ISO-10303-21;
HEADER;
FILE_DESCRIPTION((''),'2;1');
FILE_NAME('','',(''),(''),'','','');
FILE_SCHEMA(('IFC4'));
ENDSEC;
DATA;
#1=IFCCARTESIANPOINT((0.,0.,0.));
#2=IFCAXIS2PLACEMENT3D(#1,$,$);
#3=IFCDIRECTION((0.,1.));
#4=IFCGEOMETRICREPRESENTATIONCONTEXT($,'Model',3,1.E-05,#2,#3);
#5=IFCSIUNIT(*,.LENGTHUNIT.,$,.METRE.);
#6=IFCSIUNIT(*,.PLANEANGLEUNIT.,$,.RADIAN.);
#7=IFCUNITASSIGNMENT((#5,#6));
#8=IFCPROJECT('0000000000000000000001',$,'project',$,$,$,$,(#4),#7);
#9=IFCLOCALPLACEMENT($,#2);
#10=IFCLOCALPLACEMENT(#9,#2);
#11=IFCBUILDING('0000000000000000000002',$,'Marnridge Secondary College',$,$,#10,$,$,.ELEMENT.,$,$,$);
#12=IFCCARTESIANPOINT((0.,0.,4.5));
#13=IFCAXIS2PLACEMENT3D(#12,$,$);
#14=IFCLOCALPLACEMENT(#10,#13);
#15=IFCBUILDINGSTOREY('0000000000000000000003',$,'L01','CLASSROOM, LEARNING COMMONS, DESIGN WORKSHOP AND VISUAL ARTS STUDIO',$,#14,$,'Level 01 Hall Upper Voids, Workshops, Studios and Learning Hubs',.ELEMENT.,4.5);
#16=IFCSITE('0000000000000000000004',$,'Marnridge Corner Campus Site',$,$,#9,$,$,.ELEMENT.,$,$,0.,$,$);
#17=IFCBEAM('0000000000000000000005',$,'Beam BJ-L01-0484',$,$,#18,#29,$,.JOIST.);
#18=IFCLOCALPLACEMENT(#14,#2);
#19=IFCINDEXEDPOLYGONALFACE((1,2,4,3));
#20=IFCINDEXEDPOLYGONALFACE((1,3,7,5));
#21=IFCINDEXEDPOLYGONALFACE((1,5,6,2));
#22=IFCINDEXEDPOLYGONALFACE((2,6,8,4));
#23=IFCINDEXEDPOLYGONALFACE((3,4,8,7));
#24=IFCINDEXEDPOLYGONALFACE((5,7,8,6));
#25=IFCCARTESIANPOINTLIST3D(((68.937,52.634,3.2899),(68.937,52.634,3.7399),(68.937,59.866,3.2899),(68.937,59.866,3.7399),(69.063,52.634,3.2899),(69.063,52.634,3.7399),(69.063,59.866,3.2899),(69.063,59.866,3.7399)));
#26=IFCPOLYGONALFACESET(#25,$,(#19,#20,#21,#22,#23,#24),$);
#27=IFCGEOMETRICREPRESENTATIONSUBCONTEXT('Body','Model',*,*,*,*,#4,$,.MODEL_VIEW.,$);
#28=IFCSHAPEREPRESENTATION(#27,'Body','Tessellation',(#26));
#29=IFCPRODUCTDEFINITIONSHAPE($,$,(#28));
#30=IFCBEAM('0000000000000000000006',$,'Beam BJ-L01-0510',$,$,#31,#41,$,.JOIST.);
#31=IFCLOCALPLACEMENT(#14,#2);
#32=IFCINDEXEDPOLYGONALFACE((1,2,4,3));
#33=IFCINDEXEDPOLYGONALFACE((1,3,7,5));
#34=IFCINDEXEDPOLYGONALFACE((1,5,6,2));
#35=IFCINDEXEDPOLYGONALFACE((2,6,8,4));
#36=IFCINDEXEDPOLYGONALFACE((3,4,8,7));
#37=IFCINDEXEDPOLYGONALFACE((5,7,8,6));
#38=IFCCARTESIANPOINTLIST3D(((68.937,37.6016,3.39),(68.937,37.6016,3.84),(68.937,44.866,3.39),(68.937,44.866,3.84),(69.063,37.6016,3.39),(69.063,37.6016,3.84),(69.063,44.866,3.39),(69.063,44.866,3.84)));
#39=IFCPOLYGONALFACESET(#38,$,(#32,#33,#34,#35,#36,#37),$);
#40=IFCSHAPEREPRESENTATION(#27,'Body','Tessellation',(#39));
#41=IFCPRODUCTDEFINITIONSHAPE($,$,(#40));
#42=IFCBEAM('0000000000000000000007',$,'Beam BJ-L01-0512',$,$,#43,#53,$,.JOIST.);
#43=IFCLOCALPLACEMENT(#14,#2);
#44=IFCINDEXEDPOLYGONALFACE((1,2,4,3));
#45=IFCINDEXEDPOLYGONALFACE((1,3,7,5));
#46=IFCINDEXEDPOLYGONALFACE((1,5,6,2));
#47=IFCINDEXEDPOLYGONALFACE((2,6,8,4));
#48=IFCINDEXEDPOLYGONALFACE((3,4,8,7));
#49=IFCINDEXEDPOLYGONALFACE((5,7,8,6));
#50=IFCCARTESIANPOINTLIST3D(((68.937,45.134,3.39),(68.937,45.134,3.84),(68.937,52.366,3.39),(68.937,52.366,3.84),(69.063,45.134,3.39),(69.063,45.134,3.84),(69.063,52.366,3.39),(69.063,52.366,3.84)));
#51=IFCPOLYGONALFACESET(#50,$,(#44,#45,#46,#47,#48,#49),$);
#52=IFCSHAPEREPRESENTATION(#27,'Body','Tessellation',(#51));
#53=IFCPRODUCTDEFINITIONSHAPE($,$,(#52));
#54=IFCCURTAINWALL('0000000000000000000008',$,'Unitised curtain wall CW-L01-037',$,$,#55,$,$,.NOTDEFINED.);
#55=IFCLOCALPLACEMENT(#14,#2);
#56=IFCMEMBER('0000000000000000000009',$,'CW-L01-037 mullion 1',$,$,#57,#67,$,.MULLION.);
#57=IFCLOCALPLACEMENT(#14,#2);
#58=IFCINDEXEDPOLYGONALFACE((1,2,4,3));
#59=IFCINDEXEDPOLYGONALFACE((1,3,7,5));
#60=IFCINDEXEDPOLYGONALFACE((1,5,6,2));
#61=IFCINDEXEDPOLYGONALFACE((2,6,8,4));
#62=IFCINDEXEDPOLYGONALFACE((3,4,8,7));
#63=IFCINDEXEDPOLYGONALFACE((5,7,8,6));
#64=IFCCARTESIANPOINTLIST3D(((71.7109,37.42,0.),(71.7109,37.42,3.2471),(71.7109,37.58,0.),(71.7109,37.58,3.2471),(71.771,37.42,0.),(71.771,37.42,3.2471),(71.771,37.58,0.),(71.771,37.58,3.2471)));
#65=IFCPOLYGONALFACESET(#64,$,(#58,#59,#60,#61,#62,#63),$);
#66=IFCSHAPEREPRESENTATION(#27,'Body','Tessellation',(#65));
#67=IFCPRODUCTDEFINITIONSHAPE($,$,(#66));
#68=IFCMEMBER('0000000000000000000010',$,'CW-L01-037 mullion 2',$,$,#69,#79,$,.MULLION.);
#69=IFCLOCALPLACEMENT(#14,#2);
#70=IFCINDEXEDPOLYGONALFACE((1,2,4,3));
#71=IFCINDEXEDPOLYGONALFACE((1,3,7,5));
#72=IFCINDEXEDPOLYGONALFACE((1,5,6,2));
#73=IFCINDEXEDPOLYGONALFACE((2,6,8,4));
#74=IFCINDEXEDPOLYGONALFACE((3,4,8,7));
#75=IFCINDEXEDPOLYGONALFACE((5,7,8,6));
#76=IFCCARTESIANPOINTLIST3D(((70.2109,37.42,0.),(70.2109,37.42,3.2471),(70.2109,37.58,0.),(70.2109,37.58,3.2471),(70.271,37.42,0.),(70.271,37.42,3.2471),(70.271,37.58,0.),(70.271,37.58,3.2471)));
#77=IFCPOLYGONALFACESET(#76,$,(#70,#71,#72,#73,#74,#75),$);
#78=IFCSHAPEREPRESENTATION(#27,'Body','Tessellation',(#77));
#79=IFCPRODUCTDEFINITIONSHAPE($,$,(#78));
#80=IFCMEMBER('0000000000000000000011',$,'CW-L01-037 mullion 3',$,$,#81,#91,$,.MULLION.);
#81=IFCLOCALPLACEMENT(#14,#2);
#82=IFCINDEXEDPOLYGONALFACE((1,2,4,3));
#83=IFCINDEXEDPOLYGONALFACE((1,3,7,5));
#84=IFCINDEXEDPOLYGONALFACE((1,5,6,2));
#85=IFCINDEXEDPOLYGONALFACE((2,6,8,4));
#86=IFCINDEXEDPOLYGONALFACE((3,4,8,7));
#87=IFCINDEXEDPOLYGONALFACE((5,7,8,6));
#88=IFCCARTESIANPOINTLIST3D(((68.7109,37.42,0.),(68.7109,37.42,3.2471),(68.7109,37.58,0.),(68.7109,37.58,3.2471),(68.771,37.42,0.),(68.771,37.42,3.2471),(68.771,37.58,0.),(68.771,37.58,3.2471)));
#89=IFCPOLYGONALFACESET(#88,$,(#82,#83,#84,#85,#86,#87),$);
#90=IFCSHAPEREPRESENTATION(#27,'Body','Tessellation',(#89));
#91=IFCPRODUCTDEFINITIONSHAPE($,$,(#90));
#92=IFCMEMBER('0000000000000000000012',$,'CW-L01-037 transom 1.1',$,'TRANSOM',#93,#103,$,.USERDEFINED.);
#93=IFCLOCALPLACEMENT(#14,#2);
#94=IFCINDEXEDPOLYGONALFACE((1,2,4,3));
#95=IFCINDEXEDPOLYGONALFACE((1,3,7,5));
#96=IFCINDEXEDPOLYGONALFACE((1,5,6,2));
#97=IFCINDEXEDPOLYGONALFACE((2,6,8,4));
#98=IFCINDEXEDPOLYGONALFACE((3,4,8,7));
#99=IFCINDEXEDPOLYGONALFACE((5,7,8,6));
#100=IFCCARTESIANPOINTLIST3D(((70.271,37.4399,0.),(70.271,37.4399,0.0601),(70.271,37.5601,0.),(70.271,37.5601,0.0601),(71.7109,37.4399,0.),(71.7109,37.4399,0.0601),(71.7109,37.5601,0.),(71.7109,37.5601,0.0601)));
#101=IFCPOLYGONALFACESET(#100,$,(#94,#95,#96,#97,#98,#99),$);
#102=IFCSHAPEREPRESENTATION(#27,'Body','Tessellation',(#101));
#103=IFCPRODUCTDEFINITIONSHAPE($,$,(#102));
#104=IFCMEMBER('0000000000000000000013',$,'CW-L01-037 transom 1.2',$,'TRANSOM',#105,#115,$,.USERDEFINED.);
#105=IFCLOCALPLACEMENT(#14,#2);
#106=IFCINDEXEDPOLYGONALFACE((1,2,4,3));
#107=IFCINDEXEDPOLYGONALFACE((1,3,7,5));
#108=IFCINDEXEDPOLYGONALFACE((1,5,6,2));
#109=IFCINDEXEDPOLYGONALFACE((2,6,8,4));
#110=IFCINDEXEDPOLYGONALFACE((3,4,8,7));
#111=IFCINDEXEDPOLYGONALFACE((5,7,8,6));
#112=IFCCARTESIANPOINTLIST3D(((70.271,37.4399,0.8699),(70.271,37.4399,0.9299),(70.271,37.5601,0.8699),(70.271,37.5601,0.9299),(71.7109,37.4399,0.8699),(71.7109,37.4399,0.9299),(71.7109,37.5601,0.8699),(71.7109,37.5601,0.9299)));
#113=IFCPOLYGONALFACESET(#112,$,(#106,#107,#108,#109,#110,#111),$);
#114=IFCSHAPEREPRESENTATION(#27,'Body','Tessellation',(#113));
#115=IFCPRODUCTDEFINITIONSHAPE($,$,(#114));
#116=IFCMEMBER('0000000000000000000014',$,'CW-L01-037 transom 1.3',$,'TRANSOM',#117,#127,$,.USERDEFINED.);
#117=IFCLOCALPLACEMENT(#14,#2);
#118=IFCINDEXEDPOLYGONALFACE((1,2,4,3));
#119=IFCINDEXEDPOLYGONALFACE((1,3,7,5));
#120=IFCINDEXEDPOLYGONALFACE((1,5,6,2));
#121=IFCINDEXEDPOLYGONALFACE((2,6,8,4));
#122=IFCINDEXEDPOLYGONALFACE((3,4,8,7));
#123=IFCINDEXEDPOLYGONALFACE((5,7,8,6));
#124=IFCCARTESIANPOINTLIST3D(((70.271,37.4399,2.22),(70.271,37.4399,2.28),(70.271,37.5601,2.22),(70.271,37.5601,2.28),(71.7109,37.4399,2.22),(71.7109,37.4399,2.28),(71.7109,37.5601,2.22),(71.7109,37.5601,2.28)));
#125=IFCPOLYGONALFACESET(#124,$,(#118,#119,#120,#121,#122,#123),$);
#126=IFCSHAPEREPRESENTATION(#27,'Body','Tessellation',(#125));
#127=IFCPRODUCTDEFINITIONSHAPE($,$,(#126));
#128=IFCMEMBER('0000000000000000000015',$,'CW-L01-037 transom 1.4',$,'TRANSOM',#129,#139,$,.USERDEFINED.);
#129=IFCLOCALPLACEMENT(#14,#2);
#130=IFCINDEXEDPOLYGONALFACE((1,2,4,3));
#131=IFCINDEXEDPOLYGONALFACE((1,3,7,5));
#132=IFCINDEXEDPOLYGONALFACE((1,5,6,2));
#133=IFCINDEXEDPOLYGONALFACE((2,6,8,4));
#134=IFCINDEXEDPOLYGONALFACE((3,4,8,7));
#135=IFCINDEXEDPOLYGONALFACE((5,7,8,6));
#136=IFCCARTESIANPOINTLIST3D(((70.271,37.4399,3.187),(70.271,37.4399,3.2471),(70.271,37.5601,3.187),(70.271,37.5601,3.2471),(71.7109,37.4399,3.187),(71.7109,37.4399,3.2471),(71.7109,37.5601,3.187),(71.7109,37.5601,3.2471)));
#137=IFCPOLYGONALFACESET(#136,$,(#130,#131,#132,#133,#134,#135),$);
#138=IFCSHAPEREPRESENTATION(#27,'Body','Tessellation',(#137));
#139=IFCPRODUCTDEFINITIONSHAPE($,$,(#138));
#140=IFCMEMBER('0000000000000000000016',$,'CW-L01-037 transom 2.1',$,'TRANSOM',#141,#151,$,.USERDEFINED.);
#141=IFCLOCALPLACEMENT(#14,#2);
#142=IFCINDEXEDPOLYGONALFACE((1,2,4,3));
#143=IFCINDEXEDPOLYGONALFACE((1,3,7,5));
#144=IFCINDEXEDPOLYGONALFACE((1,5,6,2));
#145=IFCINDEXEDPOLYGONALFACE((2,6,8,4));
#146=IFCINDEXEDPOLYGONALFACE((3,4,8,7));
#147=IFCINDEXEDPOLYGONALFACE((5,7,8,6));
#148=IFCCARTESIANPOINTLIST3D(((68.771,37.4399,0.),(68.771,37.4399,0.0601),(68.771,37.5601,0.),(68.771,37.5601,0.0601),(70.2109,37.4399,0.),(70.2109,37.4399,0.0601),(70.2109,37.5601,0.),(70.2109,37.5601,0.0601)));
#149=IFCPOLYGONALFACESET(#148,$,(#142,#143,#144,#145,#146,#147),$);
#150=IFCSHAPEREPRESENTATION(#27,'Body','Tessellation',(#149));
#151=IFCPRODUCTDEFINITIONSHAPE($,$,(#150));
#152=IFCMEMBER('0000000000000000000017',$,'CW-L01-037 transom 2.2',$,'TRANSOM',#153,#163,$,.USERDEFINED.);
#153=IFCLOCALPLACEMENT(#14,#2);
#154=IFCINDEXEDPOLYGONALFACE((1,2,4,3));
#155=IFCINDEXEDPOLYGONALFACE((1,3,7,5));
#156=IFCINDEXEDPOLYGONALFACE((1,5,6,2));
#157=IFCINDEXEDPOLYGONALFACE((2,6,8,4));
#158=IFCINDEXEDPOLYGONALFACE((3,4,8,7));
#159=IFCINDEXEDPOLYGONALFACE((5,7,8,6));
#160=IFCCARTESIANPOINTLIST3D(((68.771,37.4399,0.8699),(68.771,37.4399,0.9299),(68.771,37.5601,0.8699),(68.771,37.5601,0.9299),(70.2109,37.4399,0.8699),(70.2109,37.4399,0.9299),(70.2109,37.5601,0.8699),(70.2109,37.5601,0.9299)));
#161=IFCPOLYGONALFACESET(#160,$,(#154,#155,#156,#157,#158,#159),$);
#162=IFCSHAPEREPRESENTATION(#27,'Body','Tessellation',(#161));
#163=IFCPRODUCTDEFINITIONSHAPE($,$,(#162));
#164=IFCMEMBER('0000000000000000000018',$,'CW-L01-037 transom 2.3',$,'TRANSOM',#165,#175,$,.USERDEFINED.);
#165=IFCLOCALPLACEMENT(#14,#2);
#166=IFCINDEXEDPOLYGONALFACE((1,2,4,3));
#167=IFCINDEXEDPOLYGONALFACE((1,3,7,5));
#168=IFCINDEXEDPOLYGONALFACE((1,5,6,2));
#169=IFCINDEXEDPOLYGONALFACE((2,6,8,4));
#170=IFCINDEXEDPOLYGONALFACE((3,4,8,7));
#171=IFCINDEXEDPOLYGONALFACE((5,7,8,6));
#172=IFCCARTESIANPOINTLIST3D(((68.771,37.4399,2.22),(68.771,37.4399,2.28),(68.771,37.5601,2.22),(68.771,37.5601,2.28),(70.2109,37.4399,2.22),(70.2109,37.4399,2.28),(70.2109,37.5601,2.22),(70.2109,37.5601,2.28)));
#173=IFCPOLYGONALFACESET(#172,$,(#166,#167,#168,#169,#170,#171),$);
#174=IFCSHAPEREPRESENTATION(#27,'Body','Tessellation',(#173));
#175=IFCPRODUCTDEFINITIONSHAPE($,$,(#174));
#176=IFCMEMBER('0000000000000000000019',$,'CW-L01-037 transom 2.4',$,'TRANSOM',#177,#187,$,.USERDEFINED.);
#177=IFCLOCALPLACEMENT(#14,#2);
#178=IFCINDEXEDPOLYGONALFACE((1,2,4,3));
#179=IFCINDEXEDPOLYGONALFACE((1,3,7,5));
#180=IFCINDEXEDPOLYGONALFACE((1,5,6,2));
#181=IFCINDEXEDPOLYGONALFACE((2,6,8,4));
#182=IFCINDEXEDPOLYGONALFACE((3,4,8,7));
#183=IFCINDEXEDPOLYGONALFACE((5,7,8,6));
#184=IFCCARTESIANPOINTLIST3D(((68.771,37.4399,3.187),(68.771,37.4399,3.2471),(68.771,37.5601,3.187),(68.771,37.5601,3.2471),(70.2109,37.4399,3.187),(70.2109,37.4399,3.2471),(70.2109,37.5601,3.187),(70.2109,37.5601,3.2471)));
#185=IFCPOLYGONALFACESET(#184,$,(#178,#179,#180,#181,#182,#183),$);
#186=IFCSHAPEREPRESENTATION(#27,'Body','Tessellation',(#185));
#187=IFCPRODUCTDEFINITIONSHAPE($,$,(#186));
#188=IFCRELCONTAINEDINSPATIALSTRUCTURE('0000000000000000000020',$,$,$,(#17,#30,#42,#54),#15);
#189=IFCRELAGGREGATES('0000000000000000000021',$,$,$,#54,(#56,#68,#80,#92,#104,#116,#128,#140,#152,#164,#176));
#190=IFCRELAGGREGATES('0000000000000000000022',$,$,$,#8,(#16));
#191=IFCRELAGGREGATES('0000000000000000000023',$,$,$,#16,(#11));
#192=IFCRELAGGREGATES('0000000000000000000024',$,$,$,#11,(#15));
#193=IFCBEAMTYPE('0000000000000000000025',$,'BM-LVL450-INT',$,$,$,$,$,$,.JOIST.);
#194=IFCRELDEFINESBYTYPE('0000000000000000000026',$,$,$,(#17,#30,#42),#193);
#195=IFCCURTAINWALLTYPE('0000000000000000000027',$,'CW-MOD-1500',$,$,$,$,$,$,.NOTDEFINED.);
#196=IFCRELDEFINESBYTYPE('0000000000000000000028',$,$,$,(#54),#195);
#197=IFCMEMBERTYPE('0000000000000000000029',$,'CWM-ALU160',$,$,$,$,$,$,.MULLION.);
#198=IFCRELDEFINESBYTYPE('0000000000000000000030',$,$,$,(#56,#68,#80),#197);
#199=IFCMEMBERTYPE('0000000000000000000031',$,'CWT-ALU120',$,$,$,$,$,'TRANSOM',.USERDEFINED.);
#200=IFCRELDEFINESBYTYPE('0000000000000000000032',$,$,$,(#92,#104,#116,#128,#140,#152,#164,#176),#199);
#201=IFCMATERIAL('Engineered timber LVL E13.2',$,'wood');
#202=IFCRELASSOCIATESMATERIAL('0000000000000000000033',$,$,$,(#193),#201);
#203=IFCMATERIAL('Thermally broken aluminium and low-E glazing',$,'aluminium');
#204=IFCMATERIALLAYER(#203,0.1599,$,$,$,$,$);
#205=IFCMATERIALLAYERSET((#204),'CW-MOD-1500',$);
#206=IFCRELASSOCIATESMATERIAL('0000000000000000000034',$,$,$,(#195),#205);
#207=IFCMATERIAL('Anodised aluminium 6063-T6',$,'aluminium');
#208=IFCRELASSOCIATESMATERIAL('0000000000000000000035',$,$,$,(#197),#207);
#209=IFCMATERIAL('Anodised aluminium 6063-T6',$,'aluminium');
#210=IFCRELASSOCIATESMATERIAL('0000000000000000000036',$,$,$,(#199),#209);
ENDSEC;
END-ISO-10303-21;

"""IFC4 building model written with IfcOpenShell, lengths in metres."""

from ifc_helpers import new_model, si_unit, direction, frame, origin, origin_2d, place, context, subcontext, project, spatial, rectangle, extrude, material, layer, layer_set, material_profile, profile_set, type_object, element, aggregate, save


model = new_model("IFC4")

# Units and contexts
model_context = context("Model", 3, precision=1e-05, world=origin(), true_north=direction((0.0, 1.0)))
body_context = subcontext(model_context, "Body", "Model", "MODEL_VIEW")
ifc_project = project(units=[si_unit("LENGTHUNIT", "METRE"), si_unit("PLANEANGLEUNIT", "RADIAN")], contexts=[model_context])

# Site, building, storey
site_placement = place(None, origin())
site = spatial("IfcSite", under=ifc_project, at=site_placement, Name="Marnridge Corner Campus Site", CompositionType="ELEMENT", RefElevation=0.0)
building_placement = place(site_placement, origin())
building = spatial("IfcBuilding", under=site, at=building_placement, Name="Marnridge Secondary College", CompositionType="ELEMENT")
storey_placement = place(building_placement, frame((0.0, 0.0, 4.5)))
storey = spatial("IfcBuildingStorey", under=building, at=storey_placement, Name="L01", Description="CLASSROOM, LEARNING COMMONS, DESIGN WORKSHOP AND VISUAL ARTS STUDIO", LongName="Level 01 Hall Upper Voids, Workshops, Studios and Learning Hubs", CompositionType="ELEMENT", Elevation=4.5)

# Beams
ifc_material_1 = material(Name="Engineered timber LVL E13.2", Category="wood")
ifc_material_profile_1 = material_profile(ifc_material_1, rectangle(XDim=0.126, YDim=0.45, at=origin_2d()), Name="LVL 126x450")
ifc_profile_set_1 = profile_set([ifc_material_profile_1], Name="Engineered timber LVL E13.2")
beam_type = type_object("IfcBeamType", Name="BM-LVL450-INT", PredefinedType="JOIST", material=ifc_profile_set_1)
beam_1_placement = place(storey_placement, frame((69.0, 52.634, 3.5149), z_axis=(0.0, 1.0, 0.0), x_axis=(-1.0, 0.0, 0.0)))
element("IfcBeam", 1, at=beam_1_placement, inside=storey, type_object=beam_type, Name="Beam BJ-L01-0484", PredefinedType="JOIST", context=body_context, shape_type="SweptSolid", body=[
    extrude(rectangle(XDim=0.126, YDim=0.45, at=origin_2d()), origin(), (0.0, 0.0, 1.0), 7.2319),
])
beam_2_placement = place(storey_placement, frame((69.0, 37.6016, 3.615), z_axis=(0.0, 1.0, 0.0), x_axis=(-1.0, 0.0, 0.0)))
element("IfcBeam", 2, at=beam_2_placement, inside=storey, type_object=beam_type, Name="Beam BJ-L01-0510", PredefinedType="JOIST", context=body_context, shape_type="SweptSolid", body=[
    extrude(rectangle(XDim=0.126, YDim=0.45, at=origin_2d()), origin(), (0.0, 0.0, 1.0), 7.2644),
])
beam_3_placement = place(storey_placement, frame((69.0, 45.134, 3.615), z_axis=(0.0, 1.0, 0.0), x_axis=(-1.0, 0.0, 0.0)))
element("IfcBeam", 3, at=beam_3_placement, inside=storey, type_object=beam_type, Name="Beam BJ-L01-0512", PredefinedType="JOIST", context=body_context, shape_type="SweptSolid", body=[
    extrude(rectangle(XDim=0.126, YDim=0.45, at=origin_2d()), origin(), (0.0, 0.0, 1.0), 7.2319),
])

# Curtain wall, members
ifc_material_2 = material(Name="Thermally broken aluminium and low-E glazing", Category="aluminium")
ifc_layer_1 = layer(ifc_material_2, 0.1599)
ifc_layer_set_1 = layer_set([ifc_layer_1], Name="CW-MOD-1500")
curtain_wall_type = type_object("IfcCurtainWallType", Name="CW-MOD-1500", PredefinedType="NOTDEFINED", material=ifc_layer_set_1)
curtain_wall_placement = place(storey_placement, origin())
curtain_wall = element("IfcCurtainWall", 4, at=curtain_wall_placement, inside=storey, type_object=curtain_wall_type, Name="Unitised curtain wall CW-L01-037", PredefinedType="NOTDEFINED")
ifc_material_3 = material(Name="Anodised aluminium 6063-T6", Category="aluminium")
ifc_material_profile_2 = material_profile(ifc_material_3, rectangle(XDim=0.0601, YDim=0.1599, at=origin_2d()), Name="ALU 60x160")
ifc_profile_set_2 = profile_set([ifc_material_profile_2], Name="Anodised aluminium 6063-T6")
member_type_1 = type_object("IfcMemberType", Name="CWM-ALU160", PredefinedType="MULLION", material=ifc_profile_set_2)
member_1_placement = place(storey_placement, frame((71.741, 37.5, 0.0), z_axis=(0.0, 0.0, 1.0), x_axis=(-1.0, 0.0, 0.0)))
member_1 = element("IfcMember", 5, at=member_1_placement, type_object=member_type_1, Name="CW-L01-037 mullion 1", PredefinedType="MULLION", context=body_context, shape_type="SweptSolid", body=[
    extrude(rectangle(XDim=0.0601, YDim=0.1599, at=origin_2d()), origin(), (0.0, 0.0, 1.0), 3.2471),
])
member_2_placement = place(storey_placement, frame((70.241, 37.5, 0.0), z_axis=(0.0, 0.0, 1.0), x_axis=(-1.0, 0.0, 0.0)))
member_2 = element("IfcMember", 6, at=member_2_placement, type_object=member_type_1, Name="CW-L01-037 mullion 2", PredefinedType="MULLION", context=body_context, shape_type="SweptSolid", body=[
    extrude(rectangle(XDim=0.0601, YDim=0.1599, at=origin_2d()), origin(), (0.0, 0.0, 1.0), 3.2471),
])
member_3_placement = place(storey_placement, frame((68.741, 37.5, 0.0), z_axis=(0.0, 0.0, 1.0), x_axis=(-1.0, 0.0, 0.0)))
member_3 = element("IfcMember", 7, at=member_3_placement, type_object=member_type_1, Name="CW-L01-037 mullion 3", PredefinedType="MULLION", context=body_context, shape_type="SweptSolid", body=[
    extrude(rectangle(XDim=0.0601, YDim=0.1599, at=origin_2d()), origin(), (0.0, 0.0, 1.0), 3.2471),
])
ifc_material_4 = material(Name="Anodised aluminium 6063-T6", Category="aluminium")
ifc_material_profile_3 = material_profile(ifc_material_4, rectangle(XDim=0.0601, YDim=0.1201, at=origin_2d()), Name="ALU 60x120")
ifc_profile_set_3 = profile_set([ifc_material_profile_3], Name="Anodised aluminium 6063-T6")
member_type_2 = type_object("IfcMemberType", Name="CWT-ALU120", ElementType="TRANSOM", PredefinedType="USERDEFINED", material=ifc_profile_set_3)
member_4_placement = place(storey_placement, frame((71.7109, 37.5, 0.03), z_axis=(-1.0, 0.0, 0.0), x_axis=(0.0, 0.0, 1.0)))
member_4 = element("IfcMember", 8, at=member_4_placement, type_object=member_type_2, Name="CW-L01-037 transom 1.1", ObjectType="TRANSOM", PredefinedType="USERDEFINED", context=body_context, shape_type="SweptSolid", body=[
    extrude(rectangle(XDim=0.0601, YDim=0.1201, at=origin_2d()), origin(), (0.0, 0.0, 1.0), 1.4399),
])
member_5_placement = place(storey_placement, frame((71.7109, 37.5, 0.8999), z_axis=(-1.0, 0.0, 0.0), x_axis=(0.0, 0.0, 1.0)))
member_5 = element("IfcMember", 9, at=member_5_placement, type_object=member_type_2, Name="CW-L01-037 transom 1.2", ObjectType="TRANSOM", PredefinedType="USERDEFINED", context=body_context, shape_type="SweptSolid", body=[
    extrude(rectangle(XDim=0.0601, YDim=0.1201, at=origin_2d()), origin(), (0.0, 0.0, 1.0), 1.4399),
])
member_6_placement = place(storey_placement, frame((71.7109, 37.5, 2.25), z_axis=(-1.0, 0.0, 0.0), x_axis=(0.0, 0.0, 1.0)))
member_6 = element("IfcMember", 10, at=member_6_placement, type_object=member_type_2, Name="CW-L01-037 transom 1.3", ObjectType="TRANSOM", PredefinedType="USERDEFINED", context=body_context, shape_type="SweptSolid", body=[
    extrude(rectangle(XDim=0.0601, YDim=0.1201, at=origin_2d()), origin(), (0.0, 0.0, 1.0), 1.4399),
])
member_7_placement = place(storey_placement, frame((71.7109, 37.5, 3.217), z_axis=(-1.0, 0.0, 0.0), x_axis=(0.0, 0.0, 1.0)))
member_7 = element("IfcMember", 11, at=member_7_placement, type_object=member_type_2, Name="CW-L01-037 transom 1.4", ObjectType="TRANSOM", PredefinedType="USERDEFINED", context=body_context, shape_type="SweptSolid", body=[
    extrude(rectangle(XDim=0.0601, YDim=0.1201, at=origin_2d()), origin(), (0.0, 0.0, 1.0), 1.4399),
])
member_8_placement = place(storey_placement, frame((70.2109, 37.5, 0.03), z_axis=(-1.0, 0.0, 0.0), x_axis=(0.0, 0.0, 1.0)))
member_8 = element("IfcMember", 12, at=member_8_placement, type_object=member_type_2, Name="CW-L01-037 transom 2.1", ObjectType="TRANSOM", PredefinedType="USERDEFINED", context=body_context, shape_type="SweptSolid", body=[
    extrude(rectangle(XDim=0.0601, YDim=0.1201, at=origin_2d()), origin(), (0.0, 0.0, 1.0), 1.4399),
])
member_9_placement = place(storey_placement, frame((70.2109, 37.5, 0.8999), z_axis=(-1.0, 0.0, 0.0), x_axis=(0.0, 0.0, 1.0)))
member_9 = element("IfcMember", 13, at=member_9_placement, type_object=member_type_2, Name="CW-L01-037 transom 2.2", ObjectType="TRANSOM", PredefinedType="USERDEFINED", context=body_context, shape_type="SweptSolid", body=[
    extrude(rectangle(XDim=0.0601, YDim=0.1201, at=origin_2d()), origin(), (0.0, 0.0, 1.0), 1.4399),
])
member_10_placement = place(storey_placement, frame((70.2109, 37.5, 2.25), z_axis=(-1.0, 0.0, 0.0), x_axis=(0.0, 0.0, 1.0)))
member_10 = element("IfcMember", 14, at=member_10_placement, type_object=member_type_2, Name="CW-L01-037 transom 2.3", ObjectType="TRANSOM", PredefinedType="USERDEFINED", context=body_context, shape_type="SweptSolid", body=[
    extrude(rectangle(XDim=0.0601, YDim=0.1201, at=origin_2d()), origin(), (0.0, 0.0, 1.0), 1.4399),
])
member_11_placement = place(storey_placement, frame((70.2109, 37.5, 3.217), z_axis=(-1.0, 0.0, 0.0), x_axis=(0.0, 0.0, 1.0)))
member_11 = element("IfcMember", 15, at=member_11_placement, type_object=member_type_2, Name="CW-L01-037 transom 2.4", ObjectType="TRANSOM", PredefinedType="USERDEFINED", context=body_context, shape_type="SweptSolid", body=[
    extrude(rectangle(XDim=0.0601, YDim=0.1201, at=origin_2d()), origin(), (0.0, 0.0, 1.0), 1.4399),
])
aggregate(curtain_wall, [member_1, member_2, member_3, member_4, member_5, member_6, member_7, member_8, member_9, member_10, member_11])

save(model, "model.ifc")
